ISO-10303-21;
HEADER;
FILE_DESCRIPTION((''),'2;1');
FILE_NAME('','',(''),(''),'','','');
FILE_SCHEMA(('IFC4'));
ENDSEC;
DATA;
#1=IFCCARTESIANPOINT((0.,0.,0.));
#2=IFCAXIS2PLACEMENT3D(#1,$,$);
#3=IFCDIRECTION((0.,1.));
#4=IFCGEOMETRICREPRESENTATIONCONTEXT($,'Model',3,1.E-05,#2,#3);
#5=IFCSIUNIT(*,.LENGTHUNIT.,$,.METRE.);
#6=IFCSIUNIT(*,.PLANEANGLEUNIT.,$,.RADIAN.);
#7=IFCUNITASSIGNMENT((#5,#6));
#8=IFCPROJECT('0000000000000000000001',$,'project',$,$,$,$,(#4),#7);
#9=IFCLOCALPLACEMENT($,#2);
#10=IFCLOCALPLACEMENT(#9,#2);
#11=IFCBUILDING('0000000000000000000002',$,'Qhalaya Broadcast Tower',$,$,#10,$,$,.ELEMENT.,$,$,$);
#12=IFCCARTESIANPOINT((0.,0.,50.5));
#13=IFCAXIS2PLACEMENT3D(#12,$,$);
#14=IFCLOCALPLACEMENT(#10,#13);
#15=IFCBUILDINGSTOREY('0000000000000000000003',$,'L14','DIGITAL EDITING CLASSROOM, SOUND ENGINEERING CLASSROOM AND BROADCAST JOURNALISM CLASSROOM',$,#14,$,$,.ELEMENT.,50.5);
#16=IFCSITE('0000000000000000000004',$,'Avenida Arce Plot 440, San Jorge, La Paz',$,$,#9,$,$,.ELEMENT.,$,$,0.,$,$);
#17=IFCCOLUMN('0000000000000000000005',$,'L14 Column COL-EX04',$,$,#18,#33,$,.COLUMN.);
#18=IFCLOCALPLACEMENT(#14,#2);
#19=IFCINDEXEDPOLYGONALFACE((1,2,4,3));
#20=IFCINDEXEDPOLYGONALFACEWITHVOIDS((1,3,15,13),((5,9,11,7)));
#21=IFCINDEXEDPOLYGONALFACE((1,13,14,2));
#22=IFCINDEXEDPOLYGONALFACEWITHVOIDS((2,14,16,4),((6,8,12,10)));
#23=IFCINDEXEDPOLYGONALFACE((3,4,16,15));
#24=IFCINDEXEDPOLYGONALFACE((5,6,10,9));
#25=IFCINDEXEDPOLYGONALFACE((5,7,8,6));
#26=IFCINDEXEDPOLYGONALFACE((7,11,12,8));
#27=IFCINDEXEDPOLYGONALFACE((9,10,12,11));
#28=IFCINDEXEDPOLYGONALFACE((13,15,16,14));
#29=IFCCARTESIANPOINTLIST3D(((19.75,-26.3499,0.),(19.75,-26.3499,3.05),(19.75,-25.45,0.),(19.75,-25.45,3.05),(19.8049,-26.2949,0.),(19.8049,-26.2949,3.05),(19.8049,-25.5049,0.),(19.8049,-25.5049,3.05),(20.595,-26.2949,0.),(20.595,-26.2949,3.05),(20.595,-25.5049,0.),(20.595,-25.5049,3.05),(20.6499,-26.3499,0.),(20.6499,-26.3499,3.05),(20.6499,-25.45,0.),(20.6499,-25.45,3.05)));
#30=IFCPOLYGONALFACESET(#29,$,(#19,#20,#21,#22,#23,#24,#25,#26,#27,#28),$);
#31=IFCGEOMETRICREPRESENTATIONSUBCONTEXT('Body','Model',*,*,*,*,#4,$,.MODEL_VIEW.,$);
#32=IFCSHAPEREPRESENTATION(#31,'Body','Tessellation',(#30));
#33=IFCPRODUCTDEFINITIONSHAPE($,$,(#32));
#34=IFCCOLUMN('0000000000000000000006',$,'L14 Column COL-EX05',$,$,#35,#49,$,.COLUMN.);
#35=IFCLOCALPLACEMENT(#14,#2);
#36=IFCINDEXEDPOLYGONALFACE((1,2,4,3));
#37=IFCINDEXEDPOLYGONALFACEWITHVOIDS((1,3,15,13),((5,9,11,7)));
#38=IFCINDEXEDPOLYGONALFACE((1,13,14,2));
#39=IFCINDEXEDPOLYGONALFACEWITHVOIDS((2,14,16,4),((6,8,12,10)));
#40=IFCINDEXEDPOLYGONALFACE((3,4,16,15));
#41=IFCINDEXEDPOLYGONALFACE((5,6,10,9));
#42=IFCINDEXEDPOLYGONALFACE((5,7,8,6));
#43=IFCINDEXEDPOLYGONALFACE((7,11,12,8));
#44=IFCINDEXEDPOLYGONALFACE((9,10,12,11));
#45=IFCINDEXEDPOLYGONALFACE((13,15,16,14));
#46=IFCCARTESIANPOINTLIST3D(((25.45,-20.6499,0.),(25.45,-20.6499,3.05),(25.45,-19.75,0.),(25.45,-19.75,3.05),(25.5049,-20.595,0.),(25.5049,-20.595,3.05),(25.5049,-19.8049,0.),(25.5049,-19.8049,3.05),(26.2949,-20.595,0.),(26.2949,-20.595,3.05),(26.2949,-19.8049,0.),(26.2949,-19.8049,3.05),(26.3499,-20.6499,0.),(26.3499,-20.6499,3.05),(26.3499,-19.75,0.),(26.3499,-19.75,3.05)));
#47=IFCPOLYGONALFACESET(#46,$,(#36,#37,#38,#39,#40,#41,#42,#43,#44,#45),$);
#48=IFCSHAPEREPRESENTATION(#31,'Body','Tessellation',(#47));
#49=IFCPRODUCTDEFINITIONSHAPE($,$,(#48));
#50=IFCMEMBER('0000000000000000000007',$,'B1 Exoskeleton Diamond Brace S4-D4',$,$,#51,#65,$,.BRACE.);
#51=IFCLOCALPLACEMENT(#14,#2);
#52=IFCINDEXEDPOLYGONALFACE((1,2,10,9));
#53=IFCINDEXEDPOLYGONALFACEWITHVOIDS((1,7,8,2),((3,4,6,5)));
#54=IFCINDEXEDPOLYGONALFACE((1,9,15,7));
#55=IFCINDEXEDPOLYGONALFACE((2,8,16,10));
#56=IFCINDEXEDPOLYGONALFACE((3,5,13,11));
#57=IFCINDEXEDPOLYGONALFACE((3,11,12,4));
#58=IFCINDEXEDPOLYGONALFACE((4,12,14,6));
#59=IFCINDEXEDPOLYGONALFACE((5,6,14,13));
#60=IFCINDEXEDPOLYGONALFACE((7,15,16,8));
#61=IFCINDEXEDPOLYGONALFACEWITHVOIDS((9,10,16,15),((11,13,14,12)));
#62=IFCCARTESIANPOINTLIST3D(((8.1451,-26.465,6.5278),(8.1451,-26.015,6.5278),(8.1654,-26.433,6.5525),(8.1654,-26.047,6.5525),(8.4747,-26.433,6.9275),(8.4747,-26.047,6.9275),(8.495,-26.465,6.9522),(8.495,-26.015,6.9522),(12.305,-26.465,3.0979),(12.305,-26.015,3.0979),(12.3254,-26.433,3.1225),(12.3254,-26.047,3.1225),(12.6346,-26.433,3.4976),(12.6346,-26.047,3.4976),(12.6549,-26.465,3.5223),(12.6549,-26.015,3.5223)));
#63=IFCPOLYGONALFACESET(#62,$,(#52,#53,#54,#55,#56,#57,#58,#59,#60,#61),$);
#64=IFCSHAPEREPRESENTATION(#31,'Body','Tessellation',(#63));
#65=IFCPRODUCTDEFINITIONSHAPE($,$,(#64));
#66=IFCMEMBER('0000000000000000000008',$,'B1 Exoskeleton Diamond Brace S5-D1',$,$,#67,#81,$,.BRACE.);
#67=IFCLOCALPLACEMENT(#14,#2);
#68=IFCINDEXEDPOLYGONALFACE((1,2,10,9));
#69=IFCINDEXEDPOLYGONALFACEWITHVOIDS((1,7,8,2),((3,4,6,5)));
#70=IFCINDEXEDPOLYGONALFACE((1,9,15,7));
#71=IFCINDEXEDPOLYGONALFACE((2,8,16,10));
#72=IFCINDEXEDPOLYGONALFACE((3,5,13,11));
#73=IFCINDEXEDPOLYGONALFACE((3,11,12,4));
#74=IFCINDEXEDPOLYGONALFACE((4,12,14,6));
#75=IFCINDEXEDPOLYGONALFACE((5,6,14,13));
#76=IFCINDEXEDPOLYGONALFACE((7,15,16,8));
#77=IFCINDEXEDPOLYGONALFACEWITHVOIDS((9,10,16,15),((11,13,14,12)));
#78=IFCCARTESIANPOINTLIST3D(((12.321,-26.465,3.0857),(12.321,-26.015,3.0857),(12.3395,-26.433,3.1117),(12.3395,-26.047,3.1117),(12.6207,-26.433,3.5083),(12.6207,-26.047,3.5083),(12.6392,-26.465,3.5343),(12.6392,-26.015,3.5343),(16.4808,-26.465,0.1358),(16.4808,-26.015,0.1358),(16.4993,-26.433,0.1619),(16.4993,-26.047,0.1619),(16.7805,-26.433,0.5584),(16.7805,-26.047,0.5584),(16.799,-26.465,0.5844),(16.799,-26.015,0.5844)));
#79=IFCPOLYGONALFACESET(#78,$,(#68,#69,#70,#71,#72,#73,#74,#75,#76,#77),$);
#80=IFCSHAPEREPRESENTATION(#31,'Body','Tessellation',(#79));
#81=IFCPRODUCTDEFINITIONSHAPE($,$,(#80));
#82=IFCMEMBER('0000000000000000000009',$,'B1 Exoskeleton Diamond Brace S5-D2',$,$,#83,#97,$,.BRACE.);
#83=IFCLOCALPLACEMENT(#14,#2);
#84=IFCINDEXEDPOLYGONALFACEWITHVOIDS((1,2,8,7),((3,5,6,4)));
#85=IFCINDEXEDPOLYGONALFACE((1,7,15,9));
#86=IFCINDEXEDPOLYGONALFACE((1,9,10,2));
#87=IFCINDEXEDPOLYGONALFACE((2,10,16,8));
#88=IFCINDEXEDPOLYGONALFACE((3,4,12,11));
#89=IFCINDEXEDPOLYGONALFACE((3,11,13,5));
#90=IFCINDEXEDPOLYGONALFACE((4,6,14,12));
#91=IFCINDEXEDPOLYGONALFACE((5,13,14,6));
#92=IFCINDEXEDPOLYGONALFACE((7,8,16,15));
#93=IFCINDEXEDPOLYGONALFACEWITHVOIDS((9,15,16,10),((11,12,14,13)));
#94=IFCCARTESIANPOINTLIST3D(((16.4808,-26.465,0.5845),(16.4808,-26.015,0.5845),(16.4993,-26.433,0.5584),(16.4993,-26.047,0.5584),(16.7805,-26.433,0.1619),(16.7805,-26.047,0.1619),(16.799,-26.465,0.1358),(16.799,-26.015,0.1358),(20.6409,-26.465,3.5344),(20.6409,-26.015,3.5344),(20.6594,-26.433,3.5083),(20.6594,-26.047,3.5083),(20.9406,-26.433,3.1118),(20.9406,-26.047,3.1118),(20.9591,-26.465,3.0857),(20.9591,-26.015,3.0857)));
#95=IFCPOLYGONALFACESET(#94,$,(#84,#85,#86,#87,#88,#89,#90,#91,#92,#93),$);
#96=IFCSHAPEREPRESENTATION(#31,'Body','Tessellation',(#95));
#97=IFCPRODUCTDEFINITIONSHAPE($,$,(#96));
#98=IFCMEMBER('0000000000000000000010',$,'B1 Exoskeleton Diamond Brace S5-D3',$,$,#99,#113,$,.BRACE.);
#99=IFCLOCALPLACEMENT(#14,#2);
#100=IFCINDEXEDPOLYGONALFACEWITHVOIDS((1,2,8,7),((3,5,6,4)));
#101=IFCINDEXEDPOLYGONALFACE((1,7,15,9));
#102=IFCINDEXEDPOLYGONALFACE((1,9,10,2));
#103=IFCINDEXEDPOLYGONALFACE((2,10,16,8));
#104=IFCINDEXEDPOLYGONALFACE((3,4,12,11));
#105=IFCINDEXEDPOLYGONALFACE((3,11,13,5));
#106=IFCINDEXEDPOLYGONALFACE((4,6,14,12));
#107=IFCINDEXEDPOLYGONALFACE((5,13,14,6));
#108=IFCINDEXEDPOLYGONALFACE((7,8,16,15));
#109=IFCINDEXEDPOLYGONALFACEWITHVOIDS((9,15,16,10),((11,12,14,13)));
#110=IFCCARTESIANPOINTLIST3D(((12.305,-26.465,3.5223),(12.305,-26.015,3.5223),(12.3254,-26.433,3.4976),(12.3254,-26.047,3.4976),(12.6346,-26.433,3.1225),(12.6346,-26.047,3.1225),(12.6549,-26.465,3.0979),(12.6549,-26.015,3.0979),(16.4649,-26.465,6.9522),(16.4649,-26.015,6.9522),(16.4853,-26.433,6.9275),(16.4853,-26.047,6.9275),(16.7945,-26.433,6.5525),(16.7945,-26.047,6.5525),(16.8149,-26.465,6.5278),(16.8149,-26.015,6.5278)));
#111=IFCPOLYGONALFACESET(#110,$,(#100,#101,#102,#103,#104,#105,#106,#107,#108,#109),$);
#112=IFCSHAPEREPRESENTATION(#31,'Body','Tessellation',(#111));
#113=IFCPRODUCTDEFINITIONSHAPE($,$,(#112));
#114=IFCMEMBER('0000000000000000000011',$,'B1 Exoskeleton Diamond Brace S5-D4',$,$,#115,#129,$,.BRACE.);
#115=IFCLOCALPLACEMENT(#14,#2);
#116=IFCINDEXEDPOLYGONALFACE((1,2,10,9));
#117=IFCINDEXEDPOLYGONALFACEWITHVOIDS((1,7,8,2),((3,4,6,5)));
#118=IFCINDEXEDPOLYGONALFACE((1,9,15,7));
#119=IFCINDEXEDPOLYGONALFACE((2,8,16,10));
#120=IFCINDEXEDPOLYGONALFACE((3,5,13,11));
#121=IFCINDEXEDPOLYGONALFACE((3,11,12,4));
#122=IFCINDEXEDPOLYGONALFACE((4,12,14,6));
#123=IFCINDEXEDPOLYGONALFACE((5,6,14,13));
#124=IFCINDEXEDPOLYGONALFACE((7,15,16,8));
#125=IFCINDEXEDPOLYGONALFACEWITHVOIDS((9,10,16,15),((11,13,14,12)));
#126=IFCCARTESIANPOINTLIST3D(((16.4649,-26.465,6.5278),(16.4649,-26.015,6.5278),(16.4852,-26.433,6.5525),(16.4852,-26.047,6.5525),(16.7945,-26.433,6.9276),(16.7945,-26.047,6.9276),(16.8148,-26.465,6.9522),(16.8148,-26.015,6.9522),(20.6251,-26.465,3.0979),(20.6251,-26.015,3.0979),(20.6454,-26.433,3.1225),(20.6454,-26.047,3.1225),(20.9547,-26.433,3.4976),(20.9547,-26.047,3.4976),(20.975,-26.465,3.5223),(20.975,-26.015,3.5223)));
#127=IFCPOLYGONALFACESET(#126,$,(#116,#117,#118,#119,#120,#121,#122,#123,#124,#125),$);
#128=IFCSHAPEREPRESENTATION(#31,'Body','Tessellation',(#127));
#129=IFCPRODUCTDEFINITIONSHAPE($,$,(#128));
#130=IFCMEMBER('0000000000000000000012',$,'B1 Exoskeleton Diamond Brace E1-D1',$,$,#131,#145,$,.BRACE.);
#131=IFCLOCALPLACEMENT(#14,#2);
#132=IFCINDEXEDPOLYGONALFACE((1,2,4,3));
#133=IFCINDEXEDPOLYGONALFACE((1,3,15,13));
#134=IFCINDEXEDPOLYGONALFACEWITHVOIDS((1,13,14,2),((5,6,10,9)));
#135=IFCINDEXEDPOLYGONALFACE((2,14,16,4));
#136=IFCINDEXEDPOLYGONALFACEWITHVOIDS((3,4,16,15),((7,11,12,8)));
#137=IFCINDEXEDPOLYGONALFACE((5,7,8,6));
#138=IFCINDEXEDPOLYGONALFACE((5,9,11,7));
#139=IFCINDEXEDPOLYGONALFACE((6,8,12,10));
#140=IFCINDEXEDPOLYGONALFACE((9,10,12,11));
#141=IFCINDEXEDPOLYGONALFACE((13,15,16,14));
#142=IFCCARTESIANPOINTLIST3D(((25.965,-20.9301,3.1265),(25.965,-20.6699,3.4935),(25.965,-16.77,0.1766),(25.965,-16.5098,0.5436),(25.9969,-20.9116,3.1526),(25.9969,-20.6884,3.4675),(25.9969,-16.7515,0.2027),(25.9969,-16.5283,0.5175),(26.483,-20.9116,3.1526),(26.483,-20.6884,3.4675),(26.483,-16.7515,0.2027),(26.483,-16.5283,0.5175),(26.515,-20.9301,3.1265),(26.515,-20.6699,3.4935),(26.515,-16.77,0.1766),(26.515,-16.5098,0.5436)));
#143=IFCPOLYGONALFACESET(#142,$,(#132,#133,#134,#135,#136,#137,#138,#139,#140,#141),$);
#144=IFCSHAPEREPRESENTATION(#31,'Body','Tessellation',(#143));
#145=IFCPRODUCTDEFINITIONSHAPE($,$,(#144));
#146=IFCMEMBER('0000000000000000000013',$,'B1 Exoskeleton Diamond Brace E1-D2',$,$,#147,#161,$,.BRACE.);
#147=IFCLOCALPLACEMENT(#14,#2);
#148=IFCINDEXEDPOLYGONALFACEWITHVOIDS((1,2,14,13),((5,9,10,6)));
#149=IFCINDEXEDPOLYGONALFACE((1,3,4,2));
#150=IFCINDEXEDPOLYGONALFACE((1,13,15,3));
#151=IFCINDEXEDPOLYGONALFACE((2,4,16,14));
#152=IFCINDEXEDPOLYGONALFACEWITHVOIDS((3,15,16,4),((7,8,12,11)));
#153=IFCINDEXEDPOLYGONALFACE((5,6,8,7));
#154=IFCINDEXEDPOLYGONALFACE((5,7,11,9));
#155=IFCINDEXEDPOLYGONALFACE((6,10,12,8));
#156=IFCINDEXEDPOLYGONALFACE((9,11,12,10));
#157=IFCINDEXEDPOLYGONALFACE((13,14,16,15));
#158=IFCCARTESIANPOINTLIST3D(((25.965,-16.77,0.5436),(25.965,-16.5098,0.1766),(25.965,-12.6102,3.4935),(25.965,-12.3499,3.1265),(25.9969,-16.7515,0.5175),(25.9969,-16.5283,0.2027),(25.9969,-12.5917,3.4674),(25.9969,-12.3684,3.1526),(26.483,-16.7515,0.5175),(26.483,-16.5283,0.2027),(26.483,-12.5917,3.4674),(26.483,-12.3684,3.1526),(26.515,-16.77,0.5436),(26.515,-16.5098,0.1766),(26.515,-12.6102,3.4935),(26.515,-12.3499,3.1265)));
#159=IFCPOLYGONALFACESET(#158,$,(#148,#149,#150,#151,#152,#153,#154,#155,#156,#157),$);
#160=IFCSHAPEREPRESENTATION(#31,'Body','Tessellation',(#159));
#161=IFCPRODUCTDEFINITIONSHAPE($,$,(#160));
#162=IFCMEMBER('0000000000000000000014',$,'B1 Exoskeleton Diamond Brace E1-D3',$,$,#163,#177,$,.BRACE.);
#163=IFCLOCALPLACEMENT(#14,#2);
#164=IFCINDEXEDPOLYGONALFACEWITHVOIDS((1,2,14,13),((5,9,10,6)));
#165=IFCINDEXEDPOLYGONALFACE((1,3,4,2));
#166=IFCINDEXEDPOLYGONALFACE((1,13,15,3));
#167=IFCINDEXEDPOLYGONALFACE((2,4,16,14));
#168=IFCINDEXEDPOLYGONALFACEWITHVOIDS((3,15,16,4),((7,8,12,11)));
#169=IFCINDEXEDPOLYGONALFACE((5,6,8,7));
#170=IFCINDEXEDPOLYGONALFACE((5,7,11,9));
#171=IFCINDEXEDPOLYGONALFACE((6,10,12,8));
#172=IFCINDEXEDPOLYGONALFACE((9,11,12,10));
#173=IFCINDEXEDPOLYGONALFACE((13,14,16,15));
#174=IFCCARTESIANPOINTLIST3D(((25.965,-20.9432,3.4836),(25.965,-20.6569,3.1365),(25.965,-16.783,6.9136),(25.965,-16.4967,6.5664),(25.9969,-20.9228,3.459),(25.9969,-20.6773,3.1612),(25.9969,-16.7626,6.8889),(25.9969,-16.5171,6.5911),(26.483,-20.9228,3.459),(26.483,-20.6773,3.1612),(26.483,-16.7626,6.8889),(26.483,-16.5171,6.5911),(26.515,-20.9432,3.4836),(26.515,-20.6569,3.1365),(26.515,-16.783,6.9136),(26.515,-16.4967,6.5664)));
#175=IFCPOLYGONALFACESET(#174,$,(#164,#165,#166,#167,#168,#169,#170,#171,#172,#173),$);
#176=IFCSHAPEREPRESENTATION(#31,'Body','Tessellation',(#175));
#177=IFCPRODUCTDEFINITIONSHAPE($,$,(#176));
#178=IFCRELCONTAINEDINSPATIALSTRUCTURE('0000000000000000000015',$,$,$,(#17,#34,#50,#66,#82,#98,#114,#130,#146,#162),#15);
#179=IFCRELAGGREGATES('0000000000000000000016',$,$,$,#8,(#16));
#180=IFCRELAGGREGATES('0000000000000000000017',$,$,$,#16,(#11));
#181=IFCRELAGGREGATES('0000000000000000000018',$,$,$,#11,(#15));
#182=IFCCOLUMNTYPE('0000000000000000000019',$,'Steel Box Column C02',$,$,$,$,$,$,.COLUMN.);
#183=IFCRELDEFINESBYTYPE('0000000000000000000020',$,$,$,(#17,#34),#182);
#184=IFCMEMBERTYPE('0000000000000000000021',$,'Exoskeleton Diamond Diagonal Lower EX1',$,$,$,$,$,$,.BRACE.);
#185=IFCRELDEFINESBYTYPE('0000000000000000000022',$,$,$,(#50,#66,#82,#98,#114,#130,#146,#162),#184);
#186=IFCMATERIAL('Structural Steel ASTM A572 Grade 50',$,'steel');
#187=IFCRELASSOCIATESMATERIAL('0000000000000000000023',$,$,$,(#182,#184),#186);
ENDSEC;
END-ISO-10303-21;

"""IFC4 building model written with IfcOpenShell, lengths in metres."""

from ifc_helpers import new_model, si_unit, direction, frame, origin, origin_2d, place, context, subcontext, project, spatial, hollow_rectangle, extrude, material, material_profile, profile_set, type_object, element, save


model = new_model("IFC4")

# Units and contexts
model_context = context("Model", 3, precision=1e-05, world=origin(), true_north=direction((0.0, 1.0)))
body_context = subcontext(model_context, "Body", "Model", "MODEL_VIEW")
ifc_project = project(units=[si_unit("LENGTHUNIT", "METRE"), si_unit("PLANEANGLEUNIT", "RADIAN")], contexts=[model_context])

# Site, building, storey
site_placement = place(None, origin())
site = spatial("IfcSite", under=ifc_project, at=site_placement, Name="Avenida Arce Plot 440, San Jorge, La Paz", CompositionType="ELEMENT", RefElevation=0.0)
building_placement = place(site_placement, origin())
building = spatial("IfcBuilding", under=site, at=building_placement, Name="Qhalaya Broadcast Tower", CompositionType="ELEMENT")
storey_placement = place(building_placement, frame((0.0, 0.0, 50.5)))
storey = spatial("IfcBuildingStorey", under=building, at=storey_placement, Name="L14", Description="DIGITAL EDITING CLASSROOM, SOUND ENGINEERING CLASSROOM AND BROADCAST JOURNALISM CLASSROOM", CompositionType="ELEMENT", Elevation=50.5)

# Columns
ifc_material_1 = material(Name="Structural Steel ASTM A572 Grade 50", Category="steel")
ifc_material_profile_1 = material_profile(ifc_material_1, hollow_rectangle(XDim=0.8999, YDim=0.8999, WallThickness=0.0549, at=origin_2d()), Name="BOX 900x900x55")
ifc_profile_set_1 = profile_set([ifc_material_profile_1], Name="Structural Steel ASTM A572 Grade 50")
column_type = type_object("IfcColumnType", Name="Steel Box Column C02", PredefinedType="COLUMN", material=ifc_profile_set_1)
for number, where, z_axis, x_axis, name in (
    (1, (20.2, -25.8999, 0.0), (0.0, 0.0, 1.0), (1.0, 0.0, 0.0), "L14 Column COL-EX04"),
    (2, (25.8999, -20.2, 0.0), (0.0, 0.0, 1.0), (0.0, 1.0, 0.0), "L14 Column COL-EX05"),
):
    element("IfcColumn", number, at=place(storey_placement, frame(where, z_axis=z_axis, x_axis=x_axis)), inside=storey, type_object=column_type, Name=name, PredefinedType="COLUMN", context=body_context, shape_type="SweptSolid", body=[
        extrude(hollow_rectangle(XDim=0.8999, YDim=0.8999, WallThickness=0.0549, at=origin_2d()), origin(), (0.0, 0.0, 1.0), 3.05),
    ])

# Members
ifc_material_profile_2 = material_profile(ifc_material_1, hollow_rectangle(XDim=0.45, YDim=0.55, WallThickness=0.032, at=origin_2d()), Name="BOX 450x550x32")
ifc_profile_set_2 = profile_set([ifc_material_profile_2], Name="Structural Steel ASTM A572 Grade 50")
member_type = type_object("IfcMemberType", Name="Exoskeleton Diamond Diagonal Lower EX1", PredefinedType="BRACE", material=ifc_profile_set_2)
member_1_placement = place(storey_placement, frame((12.48, -26.24, 3.3101), z_axis=(-0.771555, 0.0, 0.636163), x_axis=(0.0, -1.0, 0.0)))
element("IfcMember", 3, at=member_1_placement, inside=storey, type_object=member_type, Name="B1 Exoskeleton Diamond Brace S4-D4", PredefinedType="BRACE", context=body_context, shape_type="SweptSolid", body=[
    extrude(hollow_rectangle(XDim=0.45, YDim=0.55, WallThickness=0.032, at=origin_2d()), origin(), (0.0, 0.0, 1.0), 5.3916),
])
member_2_placement = place(storey_placement, frame((16.6399, -26.24, 0.3601), z_axis=(-0.815715, 0.0, 0.578454), x_axis=(0.0, -1.0, 0.0)))
element("IfcMember", 4, at=member_2_placement, inside=storey, type_object=member_type, Name="B1 Exoskeleton Diamond Brace S5-D1", PredefinedType="BRACE", context=body_context, shape_type="SweptSolid", body=[
    extrude(hollow_rectangle(XDim=0.45, YDim=0.55, WallThickness=0.032, at=origin_2d()), origin(), (0.0, 0.0, 1.0), 5.0996),
])
member_3_placement = place(storey_placement, frame((16.6399, -26.24, 0.3601), z_axis=(0.815731, 0.0, 0.578432), x_axis=(0.0, 1.0, 0.0)))
element("IfcMember", 5, at=member_3_placement, inside=storey, type_object=member_type, Name="B1 Exoskeleton Diamond Brace S5-D2", PredefinedType="BRACE", context=body_context, shape_type="SweptSolid", body=[
    extrude(hollow_rectangle(XDim=0.45, YDim=0.55, WallThickness=0.032, at=origin_2d()), origin(), (0.0, 0.0, 1.0), 5.0999),
])
member_4_placement = place(storey_placement, frame((12.48, -26.24, 3.3101), z_axis=(0.771555, 0.0, 0.636163), x_axis=(0.0, 1.0, 0.0)))
element("IfcMember", 6, at=member_4_placement, inside=storey, type_object=member_type, Name="B1 Exoskeleton Diamond Brace S5-D3", PredefinedType="BRACE", context=body_context, shape_type="SweptSolid", body=[
    extrude(hollow_rectangle(XDim=0.45, YDim=0.55, WallThickness=0.032, at=origin_2d()), origin(), (0.0, 0.0, 1.0), 5.3916),
])
member_5_placement = place(storey_placement, frame((20.8, -26.24, 3.3101), z_axis=(-0.771573, 0.0, 0.63614), x_axis=(0.0, -1.0, 0.0)))
element("IfcMember", 7, at=member_5_placement, inside=storey, type_object=member_type, Name="B1 Exoskeleton Diamond Brace S5-D4", PredefinedType="BRACE", context=body_context, shape_type="SweptSolid", body=[
    extrude(hollow_rectangle(XDim=0.45, YDim=0.55, WallThickness=0.032, at=origin_2d()), origin(), (0.0, 0.0, 1.0), 5.3918),
])
member_6_placement = place(storey_placement, frame((26.24, -16.6399, 0.3601), z_axis=(0.0, -0.815731, 0.578432), x_axis=(0.0, 0.578432, 0.815731)))
element("IfcMember", 8, at=member_6_placement, inside=storey, type_object=member_type, Name="B1 Exoskeleton Diamond Brace E1-D1", PredefinedType="BRACE", context=body_context, shape_type="SweptSolid", body=[
    extrude(hollow_rectangle(XDim=0.45, YDim=0.55, WallThickness=0.032, at=origin_2d()), origin(), (0.0, 0.0, 1.0), 5.0999),
])
member_7_placement = place(storey_placement, frame((26.24, -16.6399, 0.3601), z_axis=(0.0, 0.815715, 0.578454), x_axis=(0.0, -0.578454, 0.815715)))
element("IfcMember", 9, at=member_7_placement, inside=storey, type_object=member_type, Name="B1 Exoskeleton Diamond Brace E1-D2", PredefinedType="BRACE", context=body_context, shape_type="SweptSolid", body=[
    extrude(hollow_rectangle(XDim=0.45, YDim=0.55, WallThickness=0.032, at=origin_2d()), origin(), (0.0, 0.0, 1.0), 5.0996),
])
member_8_placement = place(storey_placement, frame((26.24, -20.8, 3.3101), z_axis=(0.0, 0.771573, 0.63614), x_axis=(0.0, -0.63614, 0.771573)))
element("IfcMember", 10, at=member_8_placement, inside=storey, type_object=member_type, Name="B1 Exoskeleton Diamond Brace E1-D3", PredefinedType="BRACE", context=body_context, shape_type="SweptSolid", body=[
    extrude(hollow_rectangle(XDim=0.45, YDim=0.55, WallThickness=0.032, at=origin_2d()), origin(), (0.0, 0.0, 1.0), 5.3918),
])

save(model, "model.ifc")
